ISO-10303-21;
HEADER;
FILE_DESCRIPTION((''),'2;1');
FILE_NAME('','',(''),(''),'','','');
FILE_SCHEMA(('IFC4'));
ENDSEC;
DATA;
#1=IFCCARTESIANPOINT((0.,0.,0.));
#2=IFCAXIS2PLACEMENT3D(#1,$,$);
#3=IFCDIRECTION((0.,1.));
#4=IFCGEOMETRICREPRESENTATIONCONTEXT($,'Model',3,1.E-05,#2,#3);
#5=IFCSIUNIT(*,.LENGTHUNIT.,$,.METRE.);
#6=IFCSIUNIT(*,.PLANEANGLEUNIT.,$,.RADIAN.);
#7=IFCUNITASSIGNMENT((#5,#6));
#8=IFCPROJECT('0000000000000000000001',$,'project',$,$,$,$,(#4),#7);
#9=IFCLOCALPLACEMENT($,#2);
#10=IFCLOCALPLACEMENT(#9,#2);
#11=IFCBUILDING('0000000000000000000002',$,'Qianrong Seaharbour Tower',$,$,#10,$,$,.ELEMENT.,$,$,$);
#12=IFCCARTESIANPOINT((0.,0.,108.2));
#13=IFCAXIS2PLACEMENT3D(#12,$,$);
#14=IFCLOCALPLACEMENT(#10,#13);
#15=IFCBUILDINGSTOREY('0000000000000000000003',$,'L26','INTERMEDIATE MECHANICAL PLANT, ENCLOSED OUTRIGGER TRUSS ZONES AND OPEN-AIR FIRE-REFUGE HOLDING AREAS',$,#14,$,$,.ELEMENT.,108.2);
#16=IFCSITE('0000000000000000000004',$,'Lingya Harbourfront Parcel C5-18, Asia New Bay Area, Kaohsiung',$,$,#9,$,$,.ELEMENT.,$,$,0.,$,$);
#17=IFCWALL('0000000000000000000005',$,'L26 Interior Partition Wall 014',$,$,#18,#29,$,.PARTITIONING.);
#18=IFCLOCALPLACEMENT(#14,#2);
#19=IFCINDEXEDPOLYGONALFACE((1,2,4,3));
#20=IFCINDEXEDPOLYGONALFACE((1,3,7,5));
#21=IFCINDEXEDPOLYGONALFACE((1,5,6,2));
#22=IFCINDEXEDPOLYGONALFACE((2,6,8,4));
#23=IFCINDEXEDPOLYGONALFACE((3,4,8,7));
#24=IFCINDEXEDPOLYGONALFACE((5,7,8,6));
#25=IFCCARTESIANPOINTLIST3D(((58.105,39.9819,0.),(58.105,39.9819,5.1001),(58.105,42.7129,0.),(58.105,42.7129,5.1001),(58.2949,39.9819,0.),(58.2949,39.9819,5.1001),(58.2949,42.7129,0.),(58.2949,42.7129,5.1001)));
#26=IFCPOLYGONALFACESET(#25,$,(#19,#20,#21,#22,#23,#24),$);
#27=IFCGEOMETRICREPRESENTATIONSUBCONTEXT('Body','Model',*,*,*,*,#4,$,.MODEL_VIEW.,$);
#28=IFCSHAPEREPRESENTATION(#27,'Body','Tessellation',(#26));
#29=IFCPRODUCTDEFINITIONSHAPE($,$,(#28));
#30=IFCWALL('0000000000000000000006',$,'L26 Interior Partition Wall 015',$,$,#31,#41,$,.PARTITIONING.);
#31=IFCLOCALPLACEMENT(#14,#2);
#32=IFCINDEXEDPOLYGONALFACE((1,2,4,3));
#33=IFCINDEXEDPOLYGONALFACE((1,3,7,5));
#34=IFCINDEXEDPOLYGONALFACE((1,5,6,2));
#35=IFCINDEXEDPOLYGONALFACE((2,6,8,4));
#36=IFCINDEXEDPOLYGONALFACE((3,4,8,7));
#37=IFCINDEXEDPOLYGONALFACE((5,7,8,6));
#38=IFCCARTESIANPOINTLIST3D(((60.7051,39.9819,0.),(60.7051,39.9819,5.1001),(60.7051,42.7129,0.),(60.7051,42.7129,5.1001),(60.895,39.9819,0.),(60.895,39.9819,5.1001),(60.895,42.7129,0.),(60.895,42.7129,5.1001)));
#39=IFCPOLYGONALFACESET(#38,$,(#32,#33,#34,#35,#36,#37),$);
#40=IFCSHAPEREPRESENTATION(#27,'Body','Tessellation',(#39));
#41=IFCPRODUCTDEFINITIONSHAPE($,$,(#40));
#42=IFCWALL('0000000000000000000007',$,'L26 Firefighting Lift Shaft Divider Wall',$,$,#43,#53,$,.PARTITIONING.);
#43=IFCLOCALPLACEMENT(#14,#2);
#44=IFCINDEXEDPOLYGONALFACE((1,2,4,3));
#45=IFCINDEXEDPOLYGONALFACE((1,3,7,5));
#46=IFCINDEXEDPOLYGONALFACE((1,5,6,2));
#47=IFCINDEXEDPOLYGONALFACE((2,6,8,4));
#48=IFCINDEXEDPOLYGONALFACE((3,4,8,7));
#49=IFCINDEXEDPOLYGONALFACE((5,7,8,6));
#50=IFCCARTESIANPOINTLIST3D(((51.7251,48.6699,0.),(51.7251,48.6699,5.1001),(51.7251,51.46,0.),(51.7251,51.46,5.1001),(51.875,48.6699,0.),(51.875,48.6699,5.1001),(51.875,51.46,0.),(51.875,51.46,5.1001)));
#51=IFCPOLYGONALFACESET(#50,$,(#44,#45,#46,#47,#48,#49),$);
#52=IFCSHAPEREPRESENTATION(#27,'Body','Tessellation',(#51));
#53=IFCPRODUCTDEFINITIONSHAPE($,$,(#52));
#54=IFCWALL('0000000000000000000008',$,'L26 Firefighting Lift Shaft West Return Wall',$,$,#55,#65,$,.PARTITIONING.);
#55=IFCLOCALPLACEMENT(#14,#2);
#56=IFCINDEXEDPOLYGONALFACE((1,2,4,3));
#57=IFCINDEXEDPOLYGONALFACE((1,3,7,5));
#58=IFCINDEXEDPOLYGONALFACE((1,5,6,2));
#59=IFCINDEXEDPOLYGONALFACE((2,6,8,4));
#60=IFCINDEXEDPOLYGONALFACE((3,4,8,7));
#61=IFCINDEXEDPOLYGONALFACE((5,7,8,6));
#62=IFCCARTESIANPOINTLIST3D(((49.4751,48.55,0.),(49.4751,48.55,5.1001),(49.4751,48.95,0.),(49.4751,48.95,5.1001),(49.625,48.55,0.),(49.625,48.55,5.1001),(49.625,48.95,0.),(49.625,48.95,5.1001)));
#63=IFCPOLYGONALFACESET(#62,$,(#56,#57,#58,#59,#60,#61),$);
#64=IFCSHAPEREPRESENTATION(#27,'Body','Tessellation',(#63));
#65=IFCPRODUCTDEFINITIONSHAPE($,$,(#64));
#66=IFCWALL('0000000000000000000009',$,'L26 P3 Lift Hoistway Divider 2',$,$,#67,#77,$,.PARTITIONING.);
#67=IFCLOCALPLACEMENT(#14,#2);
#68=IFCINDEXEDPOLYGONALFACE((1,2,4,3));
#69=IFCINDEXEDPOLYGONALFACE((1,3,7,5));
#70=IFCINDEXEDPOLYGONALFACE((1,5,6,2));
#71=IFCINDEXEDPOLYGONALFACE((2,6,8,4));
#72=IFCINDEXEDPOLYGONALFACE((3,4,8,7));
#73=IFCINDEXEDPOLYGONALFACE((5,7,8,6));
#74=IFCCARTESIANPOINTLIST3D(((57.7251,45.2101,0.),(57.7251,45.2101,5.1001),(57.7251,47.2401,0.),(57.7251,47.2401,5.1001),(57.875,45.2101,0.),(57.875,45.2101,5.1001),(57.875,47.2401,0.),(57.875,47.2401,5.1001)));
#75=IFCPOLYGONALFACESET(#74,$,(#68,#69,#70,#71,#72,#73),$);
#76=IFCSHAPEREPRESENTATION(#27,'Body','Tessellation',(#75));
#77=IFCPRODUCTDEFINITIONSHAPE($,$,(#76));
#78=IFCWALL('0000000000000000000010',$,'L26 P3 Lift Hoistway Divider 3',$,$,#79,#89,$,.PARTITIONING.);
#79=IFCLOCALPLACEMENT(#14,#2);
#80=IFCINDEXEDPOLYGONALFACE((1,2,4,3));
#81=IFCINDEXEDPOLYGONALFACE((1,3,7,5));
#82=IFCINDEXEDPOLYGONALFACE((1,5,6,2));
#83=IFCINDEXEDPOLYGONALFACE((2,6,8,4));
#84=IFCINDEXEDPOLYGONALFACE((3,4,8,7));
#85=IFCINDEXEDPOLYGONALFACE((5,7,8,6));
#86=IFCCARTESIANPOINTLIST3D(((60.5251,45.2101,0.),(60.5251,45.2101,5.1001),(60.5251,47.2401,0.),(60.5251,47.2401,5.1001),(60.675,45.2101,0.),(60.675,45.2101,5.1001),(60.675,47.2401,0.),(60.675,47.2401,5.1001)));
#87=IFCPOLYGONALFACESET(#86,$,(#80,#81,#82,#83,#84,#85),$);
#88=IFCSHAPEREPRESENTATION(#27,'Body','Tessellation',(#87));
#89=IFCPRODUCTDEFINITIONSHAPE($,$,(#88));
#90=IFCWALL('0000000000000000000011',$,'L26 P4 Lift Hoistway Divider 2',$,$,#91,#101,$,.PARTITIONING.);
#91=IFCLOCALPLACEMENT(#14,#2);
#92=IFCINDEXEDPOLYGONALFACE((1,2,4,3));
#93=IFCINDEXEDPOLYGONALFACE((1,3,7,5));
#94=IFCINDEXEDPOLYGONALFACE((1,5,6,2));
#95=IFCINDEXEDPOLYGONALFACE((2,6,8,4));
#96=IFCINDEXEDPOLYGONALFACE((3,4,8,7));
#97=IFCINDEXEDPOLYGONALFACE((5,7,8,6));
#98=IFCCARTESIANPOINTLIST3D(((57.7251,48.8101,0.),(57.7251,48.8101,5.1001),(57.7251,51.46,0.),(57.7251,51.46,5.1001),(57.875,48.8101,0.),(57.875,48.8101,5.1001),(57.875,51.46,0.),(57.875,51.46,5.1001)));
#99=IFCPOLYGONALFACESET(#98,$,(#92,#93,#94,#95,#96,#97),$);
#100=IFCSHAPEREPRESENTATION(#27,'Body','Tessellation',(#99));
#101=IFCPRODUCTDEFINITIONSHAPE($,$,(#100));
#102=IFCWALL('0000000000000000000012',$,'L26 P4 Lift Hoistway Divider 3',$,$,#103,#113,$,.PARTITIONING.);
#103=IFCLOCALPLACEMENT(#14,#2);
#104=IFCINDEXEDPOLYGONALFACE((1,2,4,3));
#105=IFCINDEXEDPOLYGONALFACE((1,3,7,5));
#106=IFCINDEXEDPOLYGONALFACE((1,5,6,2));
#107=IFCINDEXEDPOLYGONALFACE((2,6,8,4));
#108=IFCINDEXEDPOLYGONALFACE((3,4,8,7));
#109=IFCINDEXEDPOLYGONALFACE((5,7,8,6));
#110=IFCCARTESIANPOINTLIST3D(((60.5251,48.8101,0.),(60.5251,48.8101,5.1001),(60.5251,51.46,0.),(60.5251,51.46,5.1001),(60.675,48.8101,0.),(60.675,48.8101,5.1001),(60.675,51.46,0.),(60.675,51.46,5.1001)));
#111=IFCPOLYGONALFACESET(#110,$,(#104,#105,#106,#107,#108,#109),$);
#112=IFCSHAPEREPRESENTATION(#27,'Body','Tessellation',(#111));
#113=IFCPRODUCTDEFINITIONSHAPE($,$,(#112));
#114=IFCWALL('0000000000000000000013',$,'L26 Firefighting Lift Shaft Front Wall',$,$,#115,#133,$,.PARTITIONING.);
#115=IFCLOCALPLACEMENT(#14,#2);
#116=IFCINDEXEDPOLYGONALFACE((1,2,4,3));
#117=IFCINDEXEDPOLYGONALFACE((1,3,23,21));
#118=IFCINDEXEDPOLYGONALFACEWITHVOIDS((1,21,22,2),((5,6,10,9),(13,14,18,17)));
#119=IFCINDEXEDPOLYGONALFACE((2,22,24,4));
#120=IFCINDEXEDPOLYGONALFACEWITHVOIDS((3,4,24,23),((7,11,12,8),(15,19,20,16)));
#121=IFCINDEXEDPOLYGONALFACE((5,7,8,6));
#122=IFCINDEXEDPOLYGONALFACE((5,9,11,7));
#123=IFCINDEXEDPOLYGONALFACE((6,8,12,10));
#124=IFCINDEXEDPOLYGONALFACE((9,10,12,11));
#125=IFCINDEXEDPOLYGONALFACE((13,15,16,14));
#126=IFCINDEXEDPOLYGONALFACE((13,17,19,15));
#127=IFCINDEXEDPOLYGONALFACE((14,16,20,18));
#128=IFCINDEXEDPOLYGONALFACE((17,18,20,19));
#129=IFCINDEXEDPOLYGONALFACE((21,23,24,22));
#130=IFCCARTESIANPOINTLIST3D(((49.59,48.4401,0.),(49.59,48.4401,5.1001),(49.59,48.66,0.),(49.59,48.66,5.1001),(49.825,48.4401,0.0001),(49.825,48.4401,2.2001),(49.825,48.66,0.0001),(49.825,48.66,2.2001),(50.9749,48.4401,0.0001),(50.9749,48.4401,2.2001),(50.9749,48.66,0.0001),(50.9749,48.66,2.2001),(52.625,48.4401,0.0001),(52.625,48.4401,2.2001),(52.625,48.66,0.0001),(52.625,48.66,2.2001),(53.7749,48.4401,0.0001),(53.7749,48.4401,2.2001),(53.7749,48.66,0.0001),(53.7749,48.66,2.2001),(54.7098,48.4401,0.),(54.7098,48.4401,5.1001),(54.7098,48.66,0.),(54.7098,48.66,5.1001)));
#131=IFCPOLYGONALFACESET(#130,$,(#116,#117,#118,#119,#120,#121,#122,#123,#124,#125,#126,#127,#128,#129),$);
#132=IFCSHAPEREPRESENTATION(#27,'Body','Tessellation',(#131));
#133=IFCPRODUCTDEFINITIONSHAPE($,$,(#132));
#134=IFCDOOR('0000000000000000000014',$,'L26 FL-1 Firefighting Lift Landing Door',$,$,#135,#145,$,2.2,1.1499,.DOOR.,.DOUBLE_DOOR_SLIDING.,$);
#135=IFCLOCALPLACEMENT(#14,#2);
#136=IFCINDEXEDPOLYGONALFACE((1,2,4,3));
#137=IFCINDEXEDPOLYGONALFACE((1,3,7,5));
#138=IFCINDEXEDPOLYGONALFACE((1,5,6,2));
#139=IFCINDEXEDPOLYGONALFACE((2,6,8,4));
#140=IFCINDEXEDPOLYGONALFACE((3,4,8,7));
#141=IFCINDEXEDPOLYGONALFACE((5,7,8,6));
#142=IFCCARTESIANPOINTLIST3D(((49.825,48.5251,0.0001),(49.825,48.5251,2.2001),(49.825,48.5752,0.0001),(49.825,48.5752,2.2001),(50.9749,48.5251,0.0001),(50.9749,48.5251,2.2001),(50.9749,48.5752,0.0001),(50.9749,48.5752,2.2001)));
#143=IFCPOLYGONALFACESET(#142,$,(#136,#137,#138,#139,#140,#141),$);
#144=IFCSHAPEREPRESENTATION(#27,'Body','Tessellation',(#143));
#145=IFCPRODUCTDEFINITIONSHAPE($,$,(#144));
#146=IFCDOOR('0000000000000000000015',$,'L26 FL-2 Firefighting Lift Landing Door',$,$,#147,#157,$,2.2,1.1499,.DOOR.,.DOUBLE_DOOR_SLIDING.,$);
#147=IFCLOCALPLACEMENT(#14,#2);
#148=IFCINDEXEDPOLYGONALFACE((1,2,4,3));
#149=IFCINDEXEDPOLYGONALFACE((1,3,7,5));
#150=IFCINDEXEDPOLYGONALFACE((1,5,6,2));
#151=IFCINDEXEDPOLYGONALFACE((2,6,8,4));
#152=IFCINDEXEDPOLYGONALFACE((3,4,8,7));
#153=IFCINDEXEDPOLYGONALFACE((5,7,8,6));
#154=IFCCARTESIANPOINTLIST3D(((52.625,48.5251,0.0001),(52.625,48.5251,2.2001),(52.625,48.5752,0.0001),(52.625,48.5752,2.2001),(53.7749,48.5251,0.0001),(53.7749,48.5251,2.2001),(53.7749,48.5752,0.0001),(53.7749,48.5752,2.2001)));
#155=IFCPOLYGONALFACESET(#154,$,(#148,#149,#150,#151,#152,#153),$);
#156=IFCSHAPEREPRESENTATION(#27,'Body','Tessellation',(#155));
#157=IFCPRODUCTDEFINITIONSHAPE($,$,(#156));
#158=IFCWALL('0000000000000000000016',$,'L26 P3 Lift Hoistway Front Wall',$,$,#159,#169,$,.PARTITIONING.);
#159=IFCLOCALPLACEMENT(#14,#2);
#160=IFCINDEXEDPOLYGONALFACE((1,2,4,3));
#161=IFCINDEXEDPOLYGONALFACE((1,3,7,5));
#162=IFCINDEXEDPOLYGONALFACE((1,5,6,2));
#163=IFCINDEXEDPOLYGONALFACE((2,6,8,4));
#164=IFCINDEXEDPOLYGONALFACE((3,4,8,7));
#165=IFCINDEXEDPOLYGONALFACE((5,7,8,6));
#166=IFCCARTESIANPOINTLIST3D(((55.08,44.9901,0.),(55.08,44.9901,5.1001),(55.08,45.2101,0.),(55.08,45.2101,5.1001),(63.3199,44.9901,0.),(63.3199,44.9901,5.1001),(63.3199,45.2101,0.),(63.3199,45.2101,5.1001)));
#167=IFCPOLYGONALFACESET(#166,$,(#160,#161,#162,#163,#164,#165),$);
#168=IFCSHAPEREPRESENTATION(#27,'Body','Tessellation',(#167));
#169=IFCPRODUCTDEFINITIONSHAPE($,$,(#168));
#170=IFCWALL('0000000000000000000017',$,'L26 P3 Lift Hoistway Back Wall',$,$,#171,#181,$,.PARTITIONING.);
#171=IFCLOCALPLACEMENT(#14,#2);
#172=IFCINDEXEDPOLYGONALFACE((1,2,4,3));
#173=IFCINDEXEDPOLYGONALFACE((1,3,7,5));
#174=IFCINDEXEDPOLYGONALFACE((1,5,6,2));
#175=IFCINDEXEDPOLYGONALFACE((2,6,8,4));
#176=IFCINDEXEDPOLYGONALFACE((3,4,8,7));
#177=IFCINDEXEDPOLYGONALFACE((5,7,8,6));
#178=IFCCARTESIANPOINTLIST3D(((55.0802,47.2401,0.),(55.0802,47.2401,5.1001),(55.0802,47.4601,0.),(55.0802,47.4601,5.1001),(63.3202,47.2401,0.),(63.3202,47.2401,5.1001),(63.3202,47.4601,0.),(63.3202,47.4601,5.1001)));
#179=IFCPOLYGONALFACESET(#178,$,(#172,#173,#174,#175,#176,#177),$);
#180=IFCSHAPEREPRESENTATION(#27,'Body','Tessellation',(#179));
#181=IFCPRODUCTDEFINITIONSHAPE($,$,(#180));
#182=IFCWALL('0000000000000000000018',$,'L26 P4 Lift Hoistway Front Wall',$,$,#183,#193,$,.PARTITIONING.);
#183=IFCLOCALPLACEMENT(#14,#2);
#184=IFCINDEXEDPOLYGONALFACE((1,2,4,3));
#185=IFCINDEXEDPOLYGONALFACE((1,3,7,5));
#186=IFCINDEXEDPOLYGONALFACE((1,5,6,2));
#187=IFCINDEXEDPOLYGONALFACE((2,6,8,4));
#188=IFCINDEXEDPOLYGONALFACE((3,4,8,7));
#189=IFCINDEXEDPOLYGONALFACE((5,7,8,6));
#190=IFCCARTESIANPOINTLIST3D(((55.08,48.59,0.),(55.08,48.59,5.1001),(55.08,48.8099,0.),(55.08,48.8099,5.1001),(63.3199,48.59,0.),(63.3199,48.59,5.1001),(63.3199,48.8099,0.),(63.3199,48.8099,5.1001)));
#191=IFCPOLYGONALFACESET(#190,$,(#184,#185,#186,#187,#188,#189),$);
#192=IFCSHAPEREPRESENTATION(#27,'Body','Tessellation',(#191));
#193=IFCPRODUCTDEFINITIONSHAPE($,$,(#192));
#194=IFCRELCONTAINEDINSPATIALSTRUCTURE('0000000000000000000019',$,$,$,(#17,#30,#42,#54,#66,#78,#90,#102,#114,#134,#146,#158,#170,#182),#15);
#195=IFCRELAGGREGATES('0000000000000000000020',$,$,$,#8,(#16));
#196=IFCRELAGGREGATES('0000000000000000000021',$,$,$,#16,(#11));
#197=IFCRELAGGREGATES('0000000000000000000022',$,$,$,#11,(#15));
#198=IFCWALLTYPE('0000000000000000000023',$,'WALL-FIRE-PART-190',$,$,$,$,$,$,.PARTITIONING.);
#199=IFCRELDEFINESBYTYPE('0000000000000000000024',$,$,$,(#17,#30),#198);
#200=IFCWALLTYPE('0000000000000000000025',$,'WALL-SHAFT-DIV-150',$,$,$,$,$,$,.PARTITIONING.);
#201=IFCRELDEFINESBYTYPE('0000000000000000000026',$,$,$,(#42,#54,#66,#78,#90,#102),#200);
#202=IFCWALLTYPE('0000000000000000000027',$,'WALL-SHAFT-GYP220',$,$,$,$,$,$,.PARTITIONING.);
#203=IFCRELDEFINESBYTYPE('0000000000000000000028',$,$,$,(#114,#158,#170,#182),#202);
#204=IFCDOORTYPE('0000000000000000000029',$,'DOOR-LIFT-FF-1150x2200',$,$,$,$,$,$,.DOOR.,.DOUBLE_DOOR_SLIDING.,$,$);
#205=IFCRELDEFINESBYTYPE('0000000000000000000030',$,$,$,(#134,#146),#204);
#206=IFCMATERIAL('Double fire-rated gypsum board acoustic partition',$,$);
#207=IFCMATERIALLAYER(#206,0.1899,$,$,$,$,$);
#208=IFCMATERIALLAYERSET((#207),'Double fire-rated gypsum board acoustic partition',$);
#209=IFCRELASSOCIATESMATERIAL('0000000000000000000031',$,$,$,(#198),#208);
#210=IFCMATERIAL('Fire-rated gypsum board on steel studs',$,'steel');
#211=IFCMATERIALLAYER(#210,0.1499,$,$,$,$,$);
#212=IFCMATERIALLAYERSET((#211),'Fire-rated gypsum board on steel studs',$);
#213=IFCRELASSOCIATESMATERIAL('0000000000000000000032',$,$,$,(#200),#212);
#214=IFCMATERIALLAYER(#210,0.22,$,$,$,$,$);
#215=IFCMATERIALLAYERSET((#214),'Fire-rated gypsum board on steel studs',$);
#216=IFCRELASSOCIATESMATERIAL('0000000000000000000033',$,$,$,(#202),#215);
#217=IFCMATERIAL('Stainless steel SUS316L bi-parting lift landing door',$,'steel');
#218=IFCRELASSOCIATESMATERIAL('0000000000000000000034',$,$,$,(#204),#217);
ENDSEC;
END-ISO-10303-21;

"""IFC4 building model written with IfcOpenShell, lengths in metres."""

from ifc_helpers import new_model, si_unit, direction, frame, frame_2d, origin, place, context, subcontext, project, spatial, rectangle, extrude, material, layer, layer_set, type_object, element, fill, save


model = new_model("IFC4")

# Units and contexts
model_context = context("Model", 3, precision=1e-05, world=origin(), true_north=direction((0.0, 1.0)))
body_context = subcontext(model_context, "Body", "Model", "MODEL_VIEW")
ifc_project = project(units=[si_unit("LENGTHUNIT", "METRE"), si_unit("PLANEANGLEUNIT", "RADIAN")], contexts=[model_context])

# Site, building, storey
site_placement = place(None, origin())
site = spatial("IfcSite", under=ifc_project, at=site_placement, Name="Lingya Harbourfront Parcel C5-18, Asia New Bay Area, Kaohsiung", CompositionType="ELEMENT", RefElevation=0.0)
building_placement = place(site_placement, origin())
building = spatial("IfcBuilding", under=site, at=building_placement, Name="Qianrong Seaharbour Tower", CompositionType="ELEMENT")
storey_placement = place(building_placement, frame((0.0, 0.0, 108.2)))
storey = spatial("IfcBuildingStorey", under=building, at=storey_placement, Name="L26", Description="INTERMEDIATE MECHANICAL PLANT, ENCLOSED OUTRIGGER TRUSS ZONES AND OPEN-AIR FIRE-REFUGE HOLDING AREAS", CompositionType="ELEMENT", Elevation=108.2)

# Shared definitions
ifc_material_1 = material(Name="Double fire-rated gypsum board acoustic partition")
ifc_layer_1 = layer(ifc_material_1, 0.1899)
ifc_layer_set_1 = layer_set([ifc_layer_1], Name="Double fire-rated gypsum board acoustic partition")
wall_type_1 = type_object("IfcWallType", Name="WALL-FIRE-PART-190", PredefinedType="PARTITIONING", material=ifc_layer_set_1)

# Walls
for number, where, z_axis, x_axis, name in (
    (1, (58.2, 42.7129, 0.0), (0.0, 0.0, 1.0), (0.0, -1.0, 0.0), "L26 Interior Partition Wall 014"),
    (2, (60.8, 42.7129, 0.0), (0.0, 0.0, 1.0), (0.0, -1.0, 0.0), "L26 Interior Partition Wall 015"),
):
    element("IfcWall", number, at=place(storey_placement, frame(where, z_axis=z_axis, x_axis=x_axis)), inside=storey, type_object=wall_type_1, Name=name, PredefinedType="PARTITIONING", context=body_context, shape_type="SweptSolid", body=[
        extrude(rectangle(XDim=2.731, YDim=0.1899, at=frame_2d((1.3655, 0.0))), origin(), (0.0, 0.0, 1.0), 5.1001),
    ])
ifc_material_2 = material(Name="Fire-rated gypsum board on steel studs", Category="steel")
ifc_layer_2 = layer(ifc_material_2, 0.1499)
ifc_layer_set_2 = layer_set([ifc_layer_2], Name="Fire-rated gypsum board on steel studs")
wall_type_2 = type_object("IfcWallType", Name="WALL-SHAFT-DIV-150", PredefinedType="PARTITIONING", material=ifc_layer_set_2)
wall_1_placement = place(storey_placement, frame((51.8, 48.6699, 0.0), z_axis=(0.0, 0.0, 1.0), x_axis=(0.0, 1.0, 0.0)))
element("IfcWall", 3, at=wall_1_placement, inside=storey, type_object=wall_type_2, Name="L26 Firefighting Lift Shaft Divider Wall", PredefinedType="PARTITIONING", context=body_context, shape_type="SweptSolid", body=[
    extrude(rectangle(XDim=2.79, YDim=0.1499, at=frame_2d((1.395, 0.0))), origin(), (0.0, 0.0, 1.0), 5.1001),
])
wall_2_placement = place(storey_placement, frame((49.55, 48.55, 0.0), z_axis=(0.0, 0.0, 1.0), x_axis=(0.0, 1.0, 0.0)))
element("IfcWall", 4, at=wall_2_placement, inside=storey, type_object=wall_type_2, Name="L26 Firefighting Lift Shaft West Return Wall", PredefinedType="PARTITIONING", context=body_context, shape_type="SweptSolid", body=[
    extrude(rectangle(XDim=0.3999, YDim=0.1499, at=frame_2d((0.2, 0.0))), origin(), (0.0, 0.0, 1.0), 5.1001),
])
for number, where, z_axis, x_axis, name in (
    (5, (57.8, 45.21, 0.0), (0.0, 0.0, 1.0), (0.0, 1.0, 0.0), "L26 P3 Lift Hoistway Divider 2"),
    (6, (60.6001, 45.21, 0.0), (0.0, 0.0, 1.0), (0.0, 1.0, 0.0), "L26 P3 Lift Hoistway Divider 3"),
):
    element("IfcWall", number, at=place(storey_placement, frame(where, z_axis=z_axis, x_axis=x_axis)), inside=storey, type_object=wall_type_2, Name=name, PredefinedType="PARTITIONING", context=body_context, shape_type="SweptSolid", body=[
        extrude(rectangle(XDim=2.03, YDim=0.1499, at=frame_2d((1.0151, 0.0))), origin(), (0.0, 0.0, 1.0), 5.1001),
    ])
for number, where, z_axis, x_axis, name in (
    (7, (57.8, 48.8101, 0.0), (0.0, 0.0, 1.0), (0.0, 1.0, 0.0), "L26 P4 Lift Hoistway Divider 2"),
    (8, (60.6001, 48.8101, 0.0), (0.0, 0.0, 1.0), (0.0, 1.0, 0.0), "L26 P4 Lift Hoistway Divider 3"),
):
    element("IfcWall", number, at=place(storey_placement, frame(where, z_axis=z_axis, x_axis=x_axis)), inside=storey, type_object=wall_type_2, Name=name, PredefinedType="PARTITIONING", context=body_context, shape_type="SweptSolid", body=[
        extrude(rectangle(XDim=2.6499, YDim=0.1499, at=frame_2d((1.325, 0.0))), origin(), (0.0, 0.0, 1.0), 5.1001),
    ])

# Wall, openings, doors
ifc_layer_3 = layer(ifc_material_2, 0.22)
ifc_layer_set_3 = layer_set([ifc_layer_3], Name="Fire-rated gypsum board on steel studs")
wall_type_3 = type_object("IfcWallType", Name="WALL-SHAFT-GYP220", PredefinedType="PARTITIONING", material=ifc_layer_set_3)
wall_3_placement = place(storey_placement, frame((54.71, 48.55, 0.0), z_axis=(0.0, 0.0, 1.0), x_axis=(-1.0, 0.0, 0.0)))
wall_3 = element("IfcWall", 9, at=wall_3_placement, inside=storey, type_object=wall_type_3, Name="L26 Firefighting Lift Shaft Front Wall", PredefinedType="PARTITIONING", context=body_context, shape_type="SweptSolid", body=[
    extrude(rectangle(XDim=5.1199, YDim=0.22, at=frame_2d((2.5601, 0.0))), origin(), (0.0, 0.0, 1.0), 5.1001),
])
opening_1_placement = place(wall_3_placement, frame((3.7351, 0.0, 0.0)))
opening_1 = element("IfcOpeningElement", 10, at=opening_1_placement, cuts=wall_3, PredefinedType="OPENING", context=body_context, shape_type="SweptSolid", body=[
    extrude(rectangle(XDim=1.1499, YDim=2.2, at=frame_2d((0.575, 1.1001))), frame((0.0, 0.1201, 0.0), z_axis=(0.0, -1.0, 0.0), x_axis=(1.0, 0.0, 0.0)), (0.0, 0.0, 1.0), 0.24),
])
opening_2_placement = place(wall_3_placement, frame((0.9351, 0.0, 0.0)))
opening_2 = element("IfcOpeningElement", 11, at=opening_2_placement, cuts=wall_3, PredefinedType="OPENING", context=body_context, shape_type="SweptSolid", body=[
    extrude(rectangle(XDim=1.1499, YDim=2.2, at=frame_2d((0.575, 1.1001))), frame((0.0, 0.1201, 0.0), z_axis=(0.0, -1.0, 0.0), x_axis=(1.0, 0.0, 0.0)), (0.0, 0.0, 1.0), 0.24),
])
ifc_material_3 = material(Name="Stainless steel SUS316L bi-parting lift landing door", Category="steel")
door_type_1 = type_object("IfcDoorType", Name="DOOR-LIFT-FF-1150x2200", OperationType="DOUBLE_DOOR_SLIDING", PredefinedType="DOOR", material=ifc_material_3)
door_1_placement = place(opening_1_placement, origin())
door_1 = element("IfcDoor", 12, at=door_1_placement, inside=storey, type_object=door_type_1, Name="L26 FL-1 Firefighting Lift Landing Door", OperationType="DOUBLE_DOOR_SLIDING", OverallHeight=2.2, OverallWidth=1.1499, PredefinedType="DOOR", context=body_context, shape_type="SweptSolid", body=[
    extrude(rectangle(XDim=1.1499, YDim=2.2, at=frame_2d((0.575, 1.1001))), frame((0.0, 0.0249, 0.0), z_axis=(0.0, -1.0, 0.0), x_axis=(1.0, 0.0, 0.0)), (0.0, 0.0, 1.0), 0.05),
])
fill(opening_1, door_1)
door_2_placement = place(opening_2_placement, origin())
door_2 = element("IfcDoor", 13, at=door_2_placement, inside=storey, type_object=door_type_1, Name="L26 FL-2 Firefighting Lift Landing Door", OperationType="DOUBLE_DOOR_SLIDING", OverallHeight=2.2, OverallWidth=1.1499, PredefinedType="DOOR", context=body_context, shape_type="SweptSolid", body=[
    extrude(rectangle(XDim=1.1499, YDim=2.2, at=frame_2d((0.575, 1.1001))), frame((0.0, 0.0249, 0.0), z_axis=(0.0, -1.0, 0.0), x_axis=(1.0, 0.0, 0.0)), (0.0, 0.0, 1.0), 0.05),
])
fill(opening_2, door_2)

# Walls
for number, where, z_axis, x_axis, name in (
    (14, (63.3201, 45.1001, 0.0), (0.0, 0.0, 1.0), (-1.0, 0.0, 0.0), "L26 P3 Lift Hoistway Front Wall"),
    (15, (55.0801, 47.3501, 0.0), (0.0, 0.0, 1.0), (1.0, 0.0, 0.0), "L26 P3 Lift Hoistway Back Wall"),
    (16, (63.3201, 48.7, 0.0), (0.0, 0.0, 1.0), (-1.0, 0.0, 0.0), "L26 P4 Lift Hoistway Front Wall"),
):
    element("IfcWall", number, at=place(storey_placement, frame(where, z_axis=z_axis, x_axis=x_axis)), inside=storey, type_object=wall_type_3, Name=name, PredefinedType="PARTITIONING", context=body_context, shape_type="SweptSolid", body=[
        extrude(rectangle(XDim=8.24, YDim=0.22, at=frame_2d((4.1201, 0.0))), origin(), (0.0, 0.0, 1.0), 5.1001),
    ])

save(model, "model.ifc")
